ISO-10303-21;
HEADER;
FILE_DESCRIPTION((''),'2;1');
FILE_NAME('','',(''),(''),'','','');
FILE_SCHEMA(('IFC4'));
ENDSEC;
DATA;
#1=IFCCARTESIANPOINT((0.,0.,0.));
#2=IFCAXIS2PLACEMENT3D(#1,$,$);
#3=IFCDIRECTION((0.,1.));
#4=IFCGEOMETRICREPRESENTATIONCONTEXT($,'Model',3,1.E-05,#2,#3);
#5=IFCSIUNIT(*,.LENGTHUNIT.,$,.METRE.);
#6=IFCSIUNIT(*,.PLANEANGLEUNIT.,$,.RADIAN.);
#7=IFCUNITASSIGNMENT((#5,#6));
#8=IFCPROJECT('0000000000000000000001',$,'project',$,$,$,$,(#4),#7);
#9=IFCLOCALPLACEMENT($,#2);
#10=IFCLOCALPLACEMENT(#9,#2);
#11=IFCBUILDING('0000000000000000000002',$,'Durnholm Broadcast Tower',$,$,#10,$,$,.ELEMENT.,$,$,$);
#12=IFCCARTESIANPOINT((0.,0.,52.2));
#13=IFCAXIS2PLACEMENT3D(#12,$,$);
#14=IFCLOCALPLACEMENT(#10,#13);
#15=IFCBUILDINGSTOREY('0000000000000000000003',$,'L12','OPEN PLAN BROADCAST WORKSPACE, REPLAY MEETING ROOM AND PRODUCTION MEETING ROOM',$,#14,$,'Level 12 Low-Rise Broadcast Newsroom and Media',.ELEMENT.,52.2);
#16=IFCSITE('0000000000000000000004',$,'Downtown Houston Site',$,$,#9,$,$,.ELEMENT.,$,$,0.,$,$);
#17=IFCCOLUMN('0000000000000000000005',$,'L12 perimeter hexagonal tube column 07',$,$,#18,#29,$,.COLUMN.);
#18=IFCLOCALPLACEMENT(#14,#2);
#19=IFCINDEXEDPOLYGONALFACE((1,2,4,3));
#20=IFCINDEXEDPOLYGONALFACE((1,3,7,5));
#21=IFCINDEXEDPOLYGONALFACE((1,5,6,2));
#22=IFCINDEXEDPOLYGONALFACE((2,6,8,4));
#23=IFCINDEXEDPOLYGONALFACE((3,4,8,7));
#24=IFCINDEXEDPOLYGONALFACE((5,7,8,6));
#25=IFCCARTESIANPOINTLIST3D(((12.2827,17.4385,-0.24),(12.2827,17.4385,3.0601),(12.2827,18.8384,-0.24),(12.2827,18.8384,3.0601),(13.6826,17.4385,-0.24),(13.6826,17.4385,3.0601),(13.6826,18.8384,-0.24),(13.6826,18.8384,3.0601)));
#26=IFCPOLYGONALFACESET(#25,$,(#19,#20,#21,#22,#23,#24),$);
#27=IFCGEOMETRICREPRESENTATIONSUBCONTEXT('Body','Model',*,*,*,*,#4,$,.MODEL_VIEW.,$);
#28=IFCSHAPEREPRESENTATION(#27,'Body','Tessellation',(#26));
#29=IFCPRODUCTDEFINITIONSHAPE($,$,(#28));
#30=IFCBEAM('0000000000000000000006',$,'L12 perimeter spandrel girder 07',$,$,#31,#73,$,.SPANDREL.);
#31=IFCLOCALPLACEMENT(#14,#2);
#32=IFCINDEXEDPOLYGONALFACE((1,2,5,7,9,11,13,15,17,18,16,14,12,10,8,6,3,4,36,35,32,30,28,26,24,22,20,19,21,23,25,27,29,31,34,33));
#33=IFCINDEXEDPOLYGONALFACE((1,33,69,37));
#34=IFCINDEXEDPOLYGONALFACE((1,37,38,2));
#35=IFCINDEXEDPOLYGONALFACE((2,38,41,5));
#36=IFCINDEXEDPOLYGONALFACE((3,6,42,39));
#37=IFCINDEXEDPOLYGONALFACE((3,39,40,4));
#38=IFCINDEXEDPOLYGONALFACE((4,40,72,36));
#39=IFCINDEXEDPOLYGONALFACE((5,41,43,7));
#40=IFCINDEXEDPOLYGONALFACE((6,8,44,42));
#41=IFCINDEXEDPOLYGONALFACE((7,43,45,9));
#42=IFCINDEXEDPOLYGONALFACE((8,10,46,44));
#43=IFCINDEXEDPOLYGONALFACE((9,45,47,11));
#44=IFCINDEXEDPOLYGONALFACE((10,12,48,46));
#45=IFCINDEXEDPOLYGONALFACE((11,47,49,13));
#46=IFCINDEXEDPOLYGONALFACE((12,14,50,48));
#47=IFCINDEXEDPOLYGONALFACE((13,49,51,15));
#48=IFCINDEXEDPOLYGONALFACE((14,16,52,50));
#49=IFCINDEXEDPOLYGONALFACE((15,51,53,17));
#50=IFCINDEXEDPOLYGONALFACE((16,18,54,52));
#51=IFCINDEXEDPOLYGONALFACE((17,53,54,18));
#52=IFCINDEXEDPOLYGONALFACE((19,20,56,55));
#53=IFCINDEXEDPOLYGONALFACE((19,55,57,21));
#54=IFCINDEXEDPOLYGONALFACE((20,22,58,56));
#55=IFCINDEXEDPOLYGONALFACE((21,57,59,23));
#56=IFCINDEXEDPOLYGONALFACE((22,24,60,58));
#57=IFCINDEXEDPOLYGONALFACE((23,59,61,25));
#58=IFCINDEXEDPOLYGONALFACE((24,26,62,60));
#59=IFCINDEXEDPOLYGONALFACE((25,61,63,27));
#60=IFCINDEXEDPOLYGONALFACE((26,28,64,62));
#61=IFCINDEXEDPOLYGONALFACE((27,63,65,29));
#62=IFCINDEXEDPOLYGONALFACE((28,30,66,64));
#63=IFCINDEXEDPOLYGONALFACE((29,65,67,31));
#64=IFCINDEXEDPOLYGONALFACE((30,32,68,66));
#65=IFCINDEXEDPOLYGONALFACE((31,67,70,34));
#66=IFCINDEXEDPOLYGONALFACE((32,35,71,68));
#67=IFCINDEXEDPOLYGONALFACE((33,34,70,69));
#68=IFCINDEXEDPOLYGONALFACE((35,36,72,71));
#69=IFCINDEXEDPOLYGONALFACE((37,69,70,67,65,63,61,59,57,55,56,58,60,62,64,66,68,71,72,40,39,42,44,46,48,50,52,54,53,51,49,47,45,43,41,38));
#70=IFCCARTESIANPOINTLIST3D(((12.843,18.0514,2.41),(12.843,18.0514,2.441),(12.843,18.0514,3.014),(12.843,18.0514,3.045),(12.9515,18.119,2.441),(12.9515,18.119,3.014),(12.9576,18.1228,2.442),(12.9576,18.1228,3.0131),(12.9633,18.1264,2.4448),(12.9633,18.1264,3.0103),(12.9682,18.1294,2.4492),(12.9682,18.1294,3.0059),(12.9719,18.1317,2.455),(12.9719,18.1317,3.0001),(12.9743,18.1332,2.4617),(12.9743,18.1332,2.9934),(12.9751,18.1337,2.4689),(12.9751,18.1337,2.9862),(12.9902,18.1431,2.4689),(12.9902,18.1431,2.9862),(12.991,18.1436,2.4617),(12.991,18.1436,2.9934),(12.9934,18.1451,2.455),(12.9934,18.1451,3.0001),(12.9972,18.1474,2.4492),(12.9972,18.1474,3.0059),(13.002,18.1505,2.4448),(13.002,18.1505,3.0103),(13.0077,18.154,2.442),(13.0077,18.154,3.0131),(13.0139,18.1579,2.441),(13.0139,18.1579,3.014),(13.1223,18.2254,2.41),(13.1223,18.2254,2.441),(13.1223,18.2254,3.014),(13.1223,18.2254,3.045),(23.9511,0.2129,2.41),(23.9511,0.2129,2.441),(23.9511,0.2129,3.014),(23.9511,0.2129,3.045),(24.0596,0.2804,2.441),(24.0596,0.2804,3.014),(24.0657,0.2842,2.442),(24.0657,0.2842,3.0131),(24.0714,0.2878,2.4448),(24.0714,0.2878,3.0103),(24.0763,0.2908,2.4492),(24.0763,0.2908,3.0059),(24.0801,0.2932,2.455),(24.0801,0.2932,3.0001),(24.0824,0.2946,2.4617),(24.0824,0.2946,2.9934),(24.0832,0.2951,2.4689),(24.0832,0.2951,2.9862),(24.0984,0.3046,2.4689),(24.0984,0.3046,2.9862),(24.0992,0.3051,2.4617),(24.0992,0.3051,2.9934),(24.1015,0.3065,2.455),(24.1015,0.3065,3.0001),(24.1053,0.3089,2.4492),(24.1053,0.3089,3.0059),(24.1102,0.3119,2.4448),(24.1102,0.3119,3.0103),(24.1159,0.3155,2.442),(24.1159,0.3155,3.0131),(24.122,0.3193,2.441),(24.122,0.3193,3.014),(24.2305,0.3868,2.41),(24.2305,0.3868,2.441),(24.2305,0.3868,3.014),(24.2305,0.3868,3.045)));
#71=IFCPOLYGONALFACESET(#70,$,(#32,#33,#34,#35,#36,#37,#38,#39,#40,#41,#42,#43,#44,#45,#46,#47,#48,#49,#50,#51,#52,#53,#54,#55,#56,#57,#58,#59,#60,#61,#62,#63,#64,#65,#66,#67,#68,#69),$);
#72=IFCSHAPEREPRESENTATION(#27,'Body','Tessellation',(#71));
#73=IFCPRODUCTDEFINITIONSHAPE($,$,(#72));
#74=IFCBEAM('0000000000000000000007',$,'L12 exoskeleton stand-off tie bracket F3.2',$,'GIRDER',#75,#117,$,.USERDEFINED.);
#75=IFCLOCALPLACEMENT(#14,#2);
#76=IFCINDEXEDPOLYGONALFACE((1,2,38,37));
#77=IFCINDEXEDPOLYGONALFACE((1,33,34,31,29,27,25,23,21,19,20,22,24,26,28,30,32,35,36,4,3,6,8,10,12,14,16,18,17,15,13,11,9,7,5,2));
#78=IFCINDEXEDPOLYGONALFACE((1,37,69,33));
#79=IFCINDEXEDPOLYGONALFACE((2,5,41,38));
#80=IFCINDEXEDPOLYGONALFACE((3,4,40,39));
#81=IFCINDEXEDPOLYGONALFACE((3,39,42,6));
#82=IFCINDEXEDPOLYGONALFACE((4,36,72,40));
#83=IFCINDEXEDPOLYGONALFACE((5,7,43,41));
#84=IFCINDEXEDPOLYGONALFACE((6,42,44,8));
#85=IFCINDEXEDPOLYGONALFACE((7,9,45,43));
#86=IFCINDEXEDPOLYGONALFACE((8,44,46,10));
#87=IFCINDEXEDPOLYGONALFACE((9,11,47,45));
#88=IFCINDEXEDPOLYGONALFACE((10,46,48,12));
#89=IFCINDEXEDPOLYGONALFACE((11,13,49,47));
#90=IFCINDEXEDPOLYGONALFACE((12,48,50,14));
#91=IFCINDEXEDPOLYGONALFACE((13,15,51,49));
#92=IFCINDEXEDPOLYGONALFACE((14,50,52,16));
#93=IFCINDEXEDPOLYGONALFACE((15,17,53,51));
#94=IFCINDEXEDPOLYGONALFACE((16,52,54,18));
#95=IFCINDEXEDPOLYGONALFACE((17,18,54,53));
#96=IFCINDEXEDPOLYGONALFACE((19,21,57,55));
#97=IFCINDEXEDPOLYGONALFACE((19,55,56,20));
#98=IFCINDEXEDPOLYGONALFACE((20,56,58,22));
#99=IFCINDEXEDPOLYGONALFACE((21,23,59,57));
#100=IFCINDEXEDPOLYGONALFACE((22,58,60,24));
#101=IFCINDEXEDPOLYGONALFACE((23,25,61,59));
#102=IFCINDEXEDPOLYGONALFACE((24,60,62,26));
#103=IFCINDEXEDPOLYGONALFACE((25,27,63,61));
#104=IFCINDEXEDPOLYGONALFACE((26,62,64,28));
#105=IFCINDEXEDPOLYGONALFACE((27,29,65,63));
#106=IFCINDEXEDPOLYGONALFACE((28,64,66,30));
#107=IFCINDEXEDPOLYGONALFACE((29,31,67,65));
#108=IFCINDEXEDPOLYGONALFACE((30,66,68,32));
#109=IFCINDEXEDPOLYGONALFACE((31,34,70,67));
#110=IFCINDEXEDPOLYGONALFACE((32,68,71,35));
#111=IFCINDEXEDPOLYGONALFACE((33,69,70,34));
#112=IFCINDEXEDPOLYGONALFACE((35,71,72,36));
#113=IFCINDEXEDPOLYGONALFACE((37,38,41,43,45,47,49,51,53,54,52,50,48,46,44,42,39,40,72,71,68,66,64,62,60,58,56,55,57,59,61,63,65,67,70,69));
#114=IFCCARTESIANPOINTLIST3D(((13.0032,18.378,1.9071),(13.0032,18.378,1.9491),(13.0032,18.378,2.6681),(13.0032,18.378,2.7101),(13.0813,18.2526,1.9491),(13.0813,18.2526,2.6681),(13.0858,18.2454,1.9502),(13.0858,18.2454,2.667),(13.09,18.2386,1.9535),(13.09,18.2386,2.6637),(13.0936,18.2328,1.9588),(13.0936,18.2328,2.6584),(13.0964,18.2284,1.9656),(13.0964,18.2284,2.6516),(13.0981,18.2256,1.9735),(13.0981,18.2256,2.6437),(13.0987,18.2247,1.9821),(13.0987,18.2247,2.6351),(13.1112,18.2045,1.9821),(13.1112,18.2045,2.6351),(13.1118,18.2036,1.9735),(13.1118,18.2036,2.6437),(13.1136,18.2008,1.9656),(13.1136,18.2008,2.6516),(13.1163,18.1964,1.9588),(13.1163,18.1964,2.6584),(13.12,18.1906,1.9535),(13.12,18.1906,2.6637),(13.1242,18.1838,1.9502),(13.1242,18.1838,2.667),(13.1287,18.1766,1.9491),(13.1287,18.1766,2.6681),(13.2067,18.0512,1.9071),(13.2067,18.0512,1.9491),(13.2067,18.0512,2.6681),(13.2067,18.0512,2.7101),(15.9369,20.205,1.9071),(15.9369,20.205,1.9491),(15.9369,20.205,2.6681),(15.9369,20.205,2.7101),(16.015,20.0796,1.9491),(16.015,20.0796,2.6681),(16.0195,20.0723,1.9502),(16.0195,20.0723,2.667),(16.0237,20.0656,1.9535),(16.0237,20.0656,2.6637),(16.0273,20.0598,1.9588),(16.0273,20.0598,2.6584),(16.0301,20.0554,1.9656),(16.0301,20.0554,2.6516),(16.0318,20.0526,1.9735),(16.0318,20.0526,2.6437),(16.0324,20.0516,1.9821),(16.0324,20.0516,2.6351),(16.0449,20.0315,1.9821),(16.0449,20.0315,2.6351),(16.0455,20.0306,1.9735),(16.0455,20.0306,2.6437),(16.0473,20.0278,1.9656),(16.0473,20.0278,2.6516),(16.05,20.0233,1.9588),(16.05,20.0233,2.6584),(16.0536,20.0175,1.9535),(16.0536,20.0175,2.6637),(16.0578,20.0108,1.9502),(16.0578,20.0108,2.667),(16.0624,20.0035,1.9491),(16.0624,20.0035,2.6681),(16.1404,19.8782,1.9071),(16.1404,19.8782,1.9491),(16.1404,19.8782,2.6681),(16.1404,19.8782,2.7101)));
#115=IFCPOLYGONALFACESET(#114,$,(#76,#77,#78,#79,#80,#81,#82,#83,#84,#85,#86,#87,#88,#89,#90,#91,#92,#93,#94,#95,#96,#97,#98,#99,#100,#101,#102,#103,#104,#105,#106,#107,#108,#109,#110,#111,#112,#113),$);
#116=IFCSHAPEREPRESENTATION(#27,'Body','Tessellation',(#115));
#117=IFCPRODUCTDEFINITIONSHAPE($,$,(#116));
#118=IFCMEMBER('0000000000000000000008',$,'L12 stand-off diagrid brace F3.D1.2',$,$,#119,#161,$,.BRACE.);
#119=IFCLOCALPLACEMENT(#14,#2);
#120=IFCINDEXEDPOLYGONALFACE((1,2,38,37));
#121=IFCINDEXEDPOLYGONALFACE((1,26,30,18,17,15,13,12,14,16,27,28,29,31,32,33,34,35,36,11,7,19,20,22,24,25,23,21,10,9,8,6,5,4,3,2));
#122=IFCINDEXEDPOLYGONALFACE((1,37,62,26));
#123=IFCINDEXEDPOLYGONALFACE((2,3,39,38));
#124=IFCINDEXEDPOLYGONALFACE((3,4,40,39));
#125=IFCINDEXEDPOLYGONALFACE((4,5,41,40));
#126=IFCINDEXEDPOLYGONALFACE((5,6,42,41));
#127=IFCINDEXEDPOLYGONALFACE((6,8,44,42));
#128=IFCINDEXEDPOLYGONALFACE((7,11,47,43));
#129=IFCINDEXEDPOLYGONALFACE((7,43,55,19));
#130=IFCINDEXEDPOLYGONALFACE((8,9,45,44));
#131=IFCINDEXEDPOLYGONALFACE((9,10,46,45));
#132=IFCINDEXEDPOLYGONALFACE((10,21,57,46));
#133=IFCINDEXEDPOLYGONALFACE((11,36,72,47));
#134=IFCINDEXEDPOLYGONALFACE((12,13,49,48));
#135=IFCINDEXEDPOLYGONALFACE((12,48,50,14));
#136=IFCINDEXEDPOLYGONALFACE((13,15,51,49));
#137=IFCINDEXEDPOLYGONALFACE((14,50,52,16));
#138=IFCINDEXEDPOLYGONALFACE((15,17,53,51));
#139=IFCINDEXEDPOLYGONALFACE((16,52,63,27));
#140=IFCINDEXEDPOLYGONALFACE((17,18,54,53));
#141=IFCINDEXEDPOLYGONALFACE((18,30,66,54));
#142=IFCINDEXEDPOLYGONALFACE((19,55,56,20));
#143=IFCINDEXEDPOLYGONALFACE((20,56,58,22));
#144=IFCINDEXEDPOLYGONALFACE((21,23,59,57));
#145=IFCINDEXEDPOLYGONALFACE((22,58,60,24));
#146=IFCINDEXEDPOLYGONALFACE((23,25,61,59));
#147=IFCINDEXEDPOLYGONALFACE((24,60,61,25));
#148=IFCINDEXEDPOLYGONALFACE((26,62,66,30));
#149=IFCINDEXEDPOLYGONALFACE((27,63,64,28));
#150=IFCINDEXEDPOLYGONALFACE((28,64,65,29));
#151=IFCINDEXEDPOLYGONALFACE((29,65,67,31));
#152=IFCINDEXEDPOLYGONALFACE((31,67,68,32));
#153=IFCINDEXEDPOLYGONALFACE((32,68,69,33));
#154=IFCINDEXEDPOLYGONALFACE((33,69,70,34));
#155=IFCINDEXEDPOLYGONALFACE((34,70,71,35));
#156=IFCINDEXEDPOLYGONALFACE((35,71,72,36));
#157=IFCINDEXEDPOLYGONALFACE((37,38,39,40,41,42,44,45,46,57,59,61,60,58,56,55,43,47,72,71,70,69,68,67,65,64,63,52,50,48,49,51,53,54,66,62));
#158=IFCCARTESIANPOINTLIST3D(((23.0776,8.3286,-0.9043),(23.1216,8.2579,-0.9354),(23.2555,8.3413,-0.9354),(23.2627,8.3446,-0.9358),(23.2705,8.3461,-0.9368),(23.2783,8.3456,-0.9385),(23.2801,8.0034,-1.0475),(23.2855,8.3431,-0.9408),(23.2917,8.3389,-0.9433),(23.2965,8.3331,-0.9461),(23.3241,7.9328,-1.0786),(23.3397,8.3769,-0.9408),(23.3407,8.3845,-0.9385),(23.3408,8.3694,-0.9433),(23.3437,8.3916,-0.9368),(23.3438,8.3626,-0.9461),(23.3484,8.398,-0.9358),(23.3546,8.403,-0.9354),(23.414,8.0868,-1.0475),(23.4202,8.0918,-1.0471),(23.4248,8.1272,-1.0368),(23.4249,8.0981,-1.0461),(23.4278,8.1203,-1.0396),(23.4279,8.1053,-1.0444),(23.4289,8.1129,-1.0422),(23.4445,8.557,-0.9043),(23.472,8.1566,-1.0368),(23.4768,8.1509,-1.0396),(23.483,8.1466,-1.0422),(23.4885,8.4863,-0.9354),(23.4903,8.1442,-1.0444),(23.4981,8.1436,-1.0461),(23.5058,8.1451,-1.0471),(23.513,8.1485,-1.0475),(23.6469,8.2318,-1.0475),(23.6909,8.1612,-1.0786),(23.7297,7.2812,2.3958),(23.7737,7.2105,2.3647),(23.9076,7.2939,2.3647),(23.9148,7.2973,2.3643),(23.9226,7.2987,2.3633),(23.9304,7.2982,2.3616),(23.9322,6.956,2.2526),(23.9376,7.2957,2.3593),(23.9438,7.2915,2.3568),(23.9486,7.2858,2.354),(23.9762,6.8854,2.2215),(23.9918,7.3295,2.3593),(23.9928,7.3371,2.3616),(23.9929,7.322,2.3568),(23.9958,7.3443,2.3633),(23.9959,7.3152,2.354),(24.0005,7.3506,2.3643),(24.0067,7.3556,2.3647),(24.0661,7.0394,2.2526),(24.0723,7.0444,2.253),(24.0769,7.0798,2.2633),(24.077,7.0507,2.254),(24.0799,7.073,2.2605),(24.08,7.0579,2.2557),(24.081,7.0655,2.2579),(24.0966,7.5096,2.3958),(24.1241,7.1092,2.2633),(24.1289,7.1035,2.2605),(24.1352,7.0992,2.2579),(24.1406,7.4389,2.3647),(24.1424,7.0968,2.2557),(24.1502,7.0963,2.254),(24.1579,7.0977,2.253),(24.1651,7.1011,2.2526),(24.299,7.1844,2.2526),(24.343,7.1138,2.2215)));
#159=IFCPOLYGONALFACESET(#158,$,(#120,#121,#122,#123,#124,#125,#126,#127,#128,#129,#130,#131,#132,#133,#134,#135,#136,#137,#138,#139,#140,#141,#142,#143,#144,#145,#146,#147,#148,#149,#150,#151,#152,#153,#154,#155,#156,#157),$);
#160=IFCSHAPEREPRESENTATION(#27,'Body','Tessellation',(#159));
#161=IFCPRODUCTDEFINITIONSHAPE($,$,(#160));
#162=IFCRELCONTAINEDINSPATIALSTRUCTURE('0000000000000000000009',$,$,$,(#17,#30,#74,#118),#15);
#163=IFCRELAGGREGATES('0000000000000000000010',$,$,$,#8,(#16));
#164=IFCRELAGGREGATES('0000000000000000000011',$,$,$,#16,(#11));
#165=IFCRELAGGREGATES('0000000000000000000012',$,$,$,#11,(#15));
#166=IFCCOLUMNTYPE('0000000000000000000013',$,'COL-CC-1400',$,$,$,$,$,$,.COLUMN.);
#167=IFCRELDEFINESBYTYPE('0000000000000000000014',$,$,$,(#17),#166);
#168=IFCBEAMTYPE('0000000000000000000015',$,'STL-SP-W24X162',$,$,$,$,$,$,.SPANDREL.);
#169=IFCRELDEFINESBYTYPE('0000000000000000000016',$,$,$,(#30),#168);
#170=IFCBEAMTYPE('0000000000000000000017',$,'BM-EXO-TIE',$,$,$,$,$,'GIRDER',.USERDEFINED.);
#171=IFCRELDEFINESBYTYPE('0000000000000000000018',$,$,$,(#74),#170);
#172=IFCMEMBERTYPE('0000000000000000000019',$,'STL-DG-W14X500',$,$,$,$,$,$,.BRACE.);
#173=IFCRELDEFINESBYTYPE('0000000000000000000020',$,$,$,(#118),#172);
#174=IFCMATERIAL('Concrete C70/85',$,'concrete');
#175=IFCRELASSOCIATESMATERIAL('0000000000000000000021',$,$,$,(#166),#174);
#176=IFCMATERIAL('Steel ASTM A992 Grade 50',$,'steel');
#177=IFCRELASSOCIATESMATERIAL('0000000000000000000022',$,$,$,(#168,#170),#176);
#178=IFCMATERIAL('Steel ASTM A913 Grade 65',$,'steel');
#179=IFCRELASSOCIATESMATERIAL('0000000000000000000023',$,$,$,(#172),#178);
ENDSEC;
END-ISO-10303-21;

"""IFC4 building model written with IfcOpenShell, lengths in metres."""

from ifc_helpers import new_model, si_unit, direction, frame, origin, origin_2d, place, context, subcontext, project, spatial, rectangle, i_section, extrude, source, transform, mapped, material, material_profile, profile_set, type_object, type_shapes, element, save


model = new_model("IFC4")

# Units and contexts
model_context = context("Model", 3, precision=1e-05, world=origin(), true_north=direction((0.0, 1.0)))
body_context = subcontext(model_context, "Body", "Model", "MODEL_VIEW")
ifc_project = project(units=[si_unit("LENGTHUNIT", "METRE"), si_unit("PLANEANGLEUNIT", "RADIAN")], contexts=[model_context])

# Site, building, storey
site_placement = place(None, origin())
site = spatial("IfcSite", under=ifc_project, at=site_placement, Name="Downtown Houston Site", CompositionType="ELEMENT", RefElevation=0.0)
building_placement = place(site_placement, origin())
building = spatial("IfcBuilding", under=site, at=building_placement, Name="Durnholm Broadcast Tower", CompositionType="ELEMENT")
storey_placement = place(building_placement, frame((0.0, 0.0, 52.2)))
storey = spatial("IfcBuildingStorey", under=building, at=storey_placement, Name="L12", Description="OPEN PLAN BROADCAST WORKSPACE, REPLAY MEETING ROOM AND PRODUCTION MEETING ROOM", LongName="Level 12 Low-Rise Broadcast Newsroom and Media", CompositionType="ELEMENT", Elevation=52.2)

# Column
ifc_material_1 = material(Name="Concrete C70/85", Category="concrete")
ifc_material_profile_1 = material_profile(ifc_material_1, rectangle(XDim=1.3999, YDim=1.3999, at=origin_2d()), Name="RC1400X1400")
ifc_profile_set_1 = profile_set([ifc_material_profile_1], Name="Concrete C70/85")
column_type = type_object("IfcColumnType", Name="COL-CC-1400", PredefinedType="COLUMN", material=ifc_profile_set_1)
shared_shape_1 = source(origin(), body_context, "Body", "SweptSolid", [
    extrude(rectangle(XDim=1.3999, YDim=1.3999, at=origin_2d()), origin(), (0.0, 0.0, 1.0), 3.3),
])
type_shapes(column_type, [shared_shape_1])
column_placement = place(storey_placement, frame((12.9827, 18.1384, -0.24), z_axis=(0.0, 0.0, 1.0), x_axis=(1.0, 0.0, 0.0)))
element("IfcColumn", 1, at=column_placement, inside=storey, type_object=column_type, Name="L12 perimeter hexagonal tube column 07", PredefinedType="COLUMN", context=body_context, shape_type="MappedRepresentation", body=[
    mapped(shared_shape_1, transform((0.0, 0.0, 0.0), x_axis=(1.0, 0.0, 0.0), y_axis=(0.0, 1.0, 0.0), z_axis=(0.0, 0.0, 1.0), scale=1.0)),
])

# Beams
ifc_material_2 = material(Name="Steel ASTM A992 Grade 50", Category="steel")
ifc_material_profile_2 = material_profile(ifc_material_2, i_section(OverallWidth=0.3291, OverallDepth=0.635, WebThickness=0.0178, FlangeThickness=0.031, FilletRadius=0.0278, at=origin_2d()), Name="W24X162")
ifc_profile_set_2 = profile_set([ifc_material_profile_2], Name="Steel ASTM A992 Grade 50")
beam_type_1 = type_object("IfcBeamType", Name="STL-SP-W24X162", PredefinedType="SPANDREL", material=ifc_profile_set_2)
shared_shape_2 = source(origin(), body_context, "Body", "SweptSolid", [
    extrude(i_section(OverallWidth=0.3291, OverallDepth=0.635, WebThickness=0.0178, FlangeThickness=0.031, FilletRadius=0.0278, at=origin_2d()), origin(), (0.0, 0.0, 1.0), 21.0144),
])
type_shapes(beam_type_1, [shared_shape_2])
beam_1_placement = place(storey_placement, frame((12.9827, 18.1384, 2.7275), z_axis=(0.528596, -0.848874, 0.0), x_axis=(0.848874, 0.528596, 0.0)))
element("IfcBeam", 2, at=beam_1_placement, inside=storey, type_object=beam_type_1, Name="L12 perimeter spandrel girder 07", PredefinedType="SPANDREL", context=body_context, shape_type="MappedRepresentation", body=[
    mapped(shared_shape_2, transform((0.0, 0.0, 0.0), x_axis=(1.0, 0.0, 0.0), y_axis=(0.0, 1.0, 0.0), z_axis=(0.0, 0.0, 1.0), scale=1.0)),
])
ifc_material_profile_3 = material_profile(ifc_material_2, i_section(OverallWidth=0.385, OverallDepth=0.803, WebThickness=0.0237, FlangeThickness=0.042, FilletRadius=0.033, at=origin_2d()), Name="W30X261")
ifc_profile_set_3 = profile_set([ifc_material_profile_3], Name="Steel ASTM A992 Grade 50")
beam_type_2 = type_object("IfcBeamType", Name="BM-EXO-TIE", ElementType="GIRDER", PredefinedType="USERDEFINED", material=ifc_profile_set_3)
shared_shape_3 = source(origin(), body_context, "Body", "SweptSolid", [
    extrude(i_section(OverallWidth=0.385, OverallDepth=0.803, WebThickness=0.0237, FlangeThickness=0.042, FilletRadius=0.033, at=origin_2d()), origin(), (0.0, 0.0, 1.0), 3.4561),
])
type_shapes(beam_type_2, [shared_shape_3])
beam_2_placement = place(storey_placement, frame((13.105, 18.2146, 2.3086), z_axis=(0.848854, 0.528627, 0.0), x_axis=(-0.528627, 0.848854, 0.0)))
element("IfcBeam", 3, at=beam_2_placement, inside=storey, type_object=beam_type_2, Name="L12 exoskeleton stand-off tie bracket F3.2", ObjectType="GIRDER", PredefinedType="USERDEFINED", context=body_context, shape_type="MappedRepresentation", body=[
    mapped(shared_shape_3, transform((0.0, 0.0, 0.0), x_axis=(1.0, 0.0, 0.0), y_axis=(0.0, 1.0, 0.0), z_axis=(0.0, 0.0, 1.0), scale=1.0)),
])

# Member
ifc_material_3 = material(Name="Steel ASTM A913 Grade 65", Category="steel")
ifc_material_profile_4 = material_profile(ifc_material_3, i_section(OverallWidth=0.4321, OverallDepth=0.4978, WebThickness=0.0557, FlangeThickness=0.0889, FilletRadius=0.0305, at=origin_2d()), Name="W14X500")
ifc_profile_set_4 = profile_set([ifc_material_profile_4], Name="Steel ASTM A913 Grade 65")
member_type_1 = type_object("IfcMemberType", Name="STL-DG-W14X500", PredefinedType="BRACE", material=ifc_profile_set_4)
shared_shape_4 = source(origin(), body_context, "Body", "SweptSolid", [
    extrude(i_section(OverallWidth=0.4321, OverallDepth=0.4978, WebThickness=0.0557, FlangeThickness=0.0889, FilletRadius=0.0305, at=origin_2d()), origin(), (0.0, 0.0, 1.0), 3.5232),
])
type_shapes(member_type_1, [shared_shape_4])
for number, where, z_axis, x_axis, name in (
    (4, (23.3843, 8.2449, -0.9915), (0.18509, -0.297281, 0.936678), (0.848909, 0.52854, 0.0), "L12 stand-off diagrid brace F3.D1.2"),
):
    element("IfcMember", number, at=place(storey_placement, frame(where, z_axis=z_axis, x_axis=x_axis)), inside=storey, type_object=member_type_1, Name=name, PredefinedType="BRACE", context=body_context, shape_type="MappedRepresentation", body=[
        mapped(shared_shape_4, transform((0.0, 0.0, 0.0), x_axis=(1.0, 0.0, 0.0), y_axis=(0.0, 1.0, 0.0), z_axis=(0.0, 0.0, 1.0), scale=1.0)),
    ])

save(model, "model.ifc")
